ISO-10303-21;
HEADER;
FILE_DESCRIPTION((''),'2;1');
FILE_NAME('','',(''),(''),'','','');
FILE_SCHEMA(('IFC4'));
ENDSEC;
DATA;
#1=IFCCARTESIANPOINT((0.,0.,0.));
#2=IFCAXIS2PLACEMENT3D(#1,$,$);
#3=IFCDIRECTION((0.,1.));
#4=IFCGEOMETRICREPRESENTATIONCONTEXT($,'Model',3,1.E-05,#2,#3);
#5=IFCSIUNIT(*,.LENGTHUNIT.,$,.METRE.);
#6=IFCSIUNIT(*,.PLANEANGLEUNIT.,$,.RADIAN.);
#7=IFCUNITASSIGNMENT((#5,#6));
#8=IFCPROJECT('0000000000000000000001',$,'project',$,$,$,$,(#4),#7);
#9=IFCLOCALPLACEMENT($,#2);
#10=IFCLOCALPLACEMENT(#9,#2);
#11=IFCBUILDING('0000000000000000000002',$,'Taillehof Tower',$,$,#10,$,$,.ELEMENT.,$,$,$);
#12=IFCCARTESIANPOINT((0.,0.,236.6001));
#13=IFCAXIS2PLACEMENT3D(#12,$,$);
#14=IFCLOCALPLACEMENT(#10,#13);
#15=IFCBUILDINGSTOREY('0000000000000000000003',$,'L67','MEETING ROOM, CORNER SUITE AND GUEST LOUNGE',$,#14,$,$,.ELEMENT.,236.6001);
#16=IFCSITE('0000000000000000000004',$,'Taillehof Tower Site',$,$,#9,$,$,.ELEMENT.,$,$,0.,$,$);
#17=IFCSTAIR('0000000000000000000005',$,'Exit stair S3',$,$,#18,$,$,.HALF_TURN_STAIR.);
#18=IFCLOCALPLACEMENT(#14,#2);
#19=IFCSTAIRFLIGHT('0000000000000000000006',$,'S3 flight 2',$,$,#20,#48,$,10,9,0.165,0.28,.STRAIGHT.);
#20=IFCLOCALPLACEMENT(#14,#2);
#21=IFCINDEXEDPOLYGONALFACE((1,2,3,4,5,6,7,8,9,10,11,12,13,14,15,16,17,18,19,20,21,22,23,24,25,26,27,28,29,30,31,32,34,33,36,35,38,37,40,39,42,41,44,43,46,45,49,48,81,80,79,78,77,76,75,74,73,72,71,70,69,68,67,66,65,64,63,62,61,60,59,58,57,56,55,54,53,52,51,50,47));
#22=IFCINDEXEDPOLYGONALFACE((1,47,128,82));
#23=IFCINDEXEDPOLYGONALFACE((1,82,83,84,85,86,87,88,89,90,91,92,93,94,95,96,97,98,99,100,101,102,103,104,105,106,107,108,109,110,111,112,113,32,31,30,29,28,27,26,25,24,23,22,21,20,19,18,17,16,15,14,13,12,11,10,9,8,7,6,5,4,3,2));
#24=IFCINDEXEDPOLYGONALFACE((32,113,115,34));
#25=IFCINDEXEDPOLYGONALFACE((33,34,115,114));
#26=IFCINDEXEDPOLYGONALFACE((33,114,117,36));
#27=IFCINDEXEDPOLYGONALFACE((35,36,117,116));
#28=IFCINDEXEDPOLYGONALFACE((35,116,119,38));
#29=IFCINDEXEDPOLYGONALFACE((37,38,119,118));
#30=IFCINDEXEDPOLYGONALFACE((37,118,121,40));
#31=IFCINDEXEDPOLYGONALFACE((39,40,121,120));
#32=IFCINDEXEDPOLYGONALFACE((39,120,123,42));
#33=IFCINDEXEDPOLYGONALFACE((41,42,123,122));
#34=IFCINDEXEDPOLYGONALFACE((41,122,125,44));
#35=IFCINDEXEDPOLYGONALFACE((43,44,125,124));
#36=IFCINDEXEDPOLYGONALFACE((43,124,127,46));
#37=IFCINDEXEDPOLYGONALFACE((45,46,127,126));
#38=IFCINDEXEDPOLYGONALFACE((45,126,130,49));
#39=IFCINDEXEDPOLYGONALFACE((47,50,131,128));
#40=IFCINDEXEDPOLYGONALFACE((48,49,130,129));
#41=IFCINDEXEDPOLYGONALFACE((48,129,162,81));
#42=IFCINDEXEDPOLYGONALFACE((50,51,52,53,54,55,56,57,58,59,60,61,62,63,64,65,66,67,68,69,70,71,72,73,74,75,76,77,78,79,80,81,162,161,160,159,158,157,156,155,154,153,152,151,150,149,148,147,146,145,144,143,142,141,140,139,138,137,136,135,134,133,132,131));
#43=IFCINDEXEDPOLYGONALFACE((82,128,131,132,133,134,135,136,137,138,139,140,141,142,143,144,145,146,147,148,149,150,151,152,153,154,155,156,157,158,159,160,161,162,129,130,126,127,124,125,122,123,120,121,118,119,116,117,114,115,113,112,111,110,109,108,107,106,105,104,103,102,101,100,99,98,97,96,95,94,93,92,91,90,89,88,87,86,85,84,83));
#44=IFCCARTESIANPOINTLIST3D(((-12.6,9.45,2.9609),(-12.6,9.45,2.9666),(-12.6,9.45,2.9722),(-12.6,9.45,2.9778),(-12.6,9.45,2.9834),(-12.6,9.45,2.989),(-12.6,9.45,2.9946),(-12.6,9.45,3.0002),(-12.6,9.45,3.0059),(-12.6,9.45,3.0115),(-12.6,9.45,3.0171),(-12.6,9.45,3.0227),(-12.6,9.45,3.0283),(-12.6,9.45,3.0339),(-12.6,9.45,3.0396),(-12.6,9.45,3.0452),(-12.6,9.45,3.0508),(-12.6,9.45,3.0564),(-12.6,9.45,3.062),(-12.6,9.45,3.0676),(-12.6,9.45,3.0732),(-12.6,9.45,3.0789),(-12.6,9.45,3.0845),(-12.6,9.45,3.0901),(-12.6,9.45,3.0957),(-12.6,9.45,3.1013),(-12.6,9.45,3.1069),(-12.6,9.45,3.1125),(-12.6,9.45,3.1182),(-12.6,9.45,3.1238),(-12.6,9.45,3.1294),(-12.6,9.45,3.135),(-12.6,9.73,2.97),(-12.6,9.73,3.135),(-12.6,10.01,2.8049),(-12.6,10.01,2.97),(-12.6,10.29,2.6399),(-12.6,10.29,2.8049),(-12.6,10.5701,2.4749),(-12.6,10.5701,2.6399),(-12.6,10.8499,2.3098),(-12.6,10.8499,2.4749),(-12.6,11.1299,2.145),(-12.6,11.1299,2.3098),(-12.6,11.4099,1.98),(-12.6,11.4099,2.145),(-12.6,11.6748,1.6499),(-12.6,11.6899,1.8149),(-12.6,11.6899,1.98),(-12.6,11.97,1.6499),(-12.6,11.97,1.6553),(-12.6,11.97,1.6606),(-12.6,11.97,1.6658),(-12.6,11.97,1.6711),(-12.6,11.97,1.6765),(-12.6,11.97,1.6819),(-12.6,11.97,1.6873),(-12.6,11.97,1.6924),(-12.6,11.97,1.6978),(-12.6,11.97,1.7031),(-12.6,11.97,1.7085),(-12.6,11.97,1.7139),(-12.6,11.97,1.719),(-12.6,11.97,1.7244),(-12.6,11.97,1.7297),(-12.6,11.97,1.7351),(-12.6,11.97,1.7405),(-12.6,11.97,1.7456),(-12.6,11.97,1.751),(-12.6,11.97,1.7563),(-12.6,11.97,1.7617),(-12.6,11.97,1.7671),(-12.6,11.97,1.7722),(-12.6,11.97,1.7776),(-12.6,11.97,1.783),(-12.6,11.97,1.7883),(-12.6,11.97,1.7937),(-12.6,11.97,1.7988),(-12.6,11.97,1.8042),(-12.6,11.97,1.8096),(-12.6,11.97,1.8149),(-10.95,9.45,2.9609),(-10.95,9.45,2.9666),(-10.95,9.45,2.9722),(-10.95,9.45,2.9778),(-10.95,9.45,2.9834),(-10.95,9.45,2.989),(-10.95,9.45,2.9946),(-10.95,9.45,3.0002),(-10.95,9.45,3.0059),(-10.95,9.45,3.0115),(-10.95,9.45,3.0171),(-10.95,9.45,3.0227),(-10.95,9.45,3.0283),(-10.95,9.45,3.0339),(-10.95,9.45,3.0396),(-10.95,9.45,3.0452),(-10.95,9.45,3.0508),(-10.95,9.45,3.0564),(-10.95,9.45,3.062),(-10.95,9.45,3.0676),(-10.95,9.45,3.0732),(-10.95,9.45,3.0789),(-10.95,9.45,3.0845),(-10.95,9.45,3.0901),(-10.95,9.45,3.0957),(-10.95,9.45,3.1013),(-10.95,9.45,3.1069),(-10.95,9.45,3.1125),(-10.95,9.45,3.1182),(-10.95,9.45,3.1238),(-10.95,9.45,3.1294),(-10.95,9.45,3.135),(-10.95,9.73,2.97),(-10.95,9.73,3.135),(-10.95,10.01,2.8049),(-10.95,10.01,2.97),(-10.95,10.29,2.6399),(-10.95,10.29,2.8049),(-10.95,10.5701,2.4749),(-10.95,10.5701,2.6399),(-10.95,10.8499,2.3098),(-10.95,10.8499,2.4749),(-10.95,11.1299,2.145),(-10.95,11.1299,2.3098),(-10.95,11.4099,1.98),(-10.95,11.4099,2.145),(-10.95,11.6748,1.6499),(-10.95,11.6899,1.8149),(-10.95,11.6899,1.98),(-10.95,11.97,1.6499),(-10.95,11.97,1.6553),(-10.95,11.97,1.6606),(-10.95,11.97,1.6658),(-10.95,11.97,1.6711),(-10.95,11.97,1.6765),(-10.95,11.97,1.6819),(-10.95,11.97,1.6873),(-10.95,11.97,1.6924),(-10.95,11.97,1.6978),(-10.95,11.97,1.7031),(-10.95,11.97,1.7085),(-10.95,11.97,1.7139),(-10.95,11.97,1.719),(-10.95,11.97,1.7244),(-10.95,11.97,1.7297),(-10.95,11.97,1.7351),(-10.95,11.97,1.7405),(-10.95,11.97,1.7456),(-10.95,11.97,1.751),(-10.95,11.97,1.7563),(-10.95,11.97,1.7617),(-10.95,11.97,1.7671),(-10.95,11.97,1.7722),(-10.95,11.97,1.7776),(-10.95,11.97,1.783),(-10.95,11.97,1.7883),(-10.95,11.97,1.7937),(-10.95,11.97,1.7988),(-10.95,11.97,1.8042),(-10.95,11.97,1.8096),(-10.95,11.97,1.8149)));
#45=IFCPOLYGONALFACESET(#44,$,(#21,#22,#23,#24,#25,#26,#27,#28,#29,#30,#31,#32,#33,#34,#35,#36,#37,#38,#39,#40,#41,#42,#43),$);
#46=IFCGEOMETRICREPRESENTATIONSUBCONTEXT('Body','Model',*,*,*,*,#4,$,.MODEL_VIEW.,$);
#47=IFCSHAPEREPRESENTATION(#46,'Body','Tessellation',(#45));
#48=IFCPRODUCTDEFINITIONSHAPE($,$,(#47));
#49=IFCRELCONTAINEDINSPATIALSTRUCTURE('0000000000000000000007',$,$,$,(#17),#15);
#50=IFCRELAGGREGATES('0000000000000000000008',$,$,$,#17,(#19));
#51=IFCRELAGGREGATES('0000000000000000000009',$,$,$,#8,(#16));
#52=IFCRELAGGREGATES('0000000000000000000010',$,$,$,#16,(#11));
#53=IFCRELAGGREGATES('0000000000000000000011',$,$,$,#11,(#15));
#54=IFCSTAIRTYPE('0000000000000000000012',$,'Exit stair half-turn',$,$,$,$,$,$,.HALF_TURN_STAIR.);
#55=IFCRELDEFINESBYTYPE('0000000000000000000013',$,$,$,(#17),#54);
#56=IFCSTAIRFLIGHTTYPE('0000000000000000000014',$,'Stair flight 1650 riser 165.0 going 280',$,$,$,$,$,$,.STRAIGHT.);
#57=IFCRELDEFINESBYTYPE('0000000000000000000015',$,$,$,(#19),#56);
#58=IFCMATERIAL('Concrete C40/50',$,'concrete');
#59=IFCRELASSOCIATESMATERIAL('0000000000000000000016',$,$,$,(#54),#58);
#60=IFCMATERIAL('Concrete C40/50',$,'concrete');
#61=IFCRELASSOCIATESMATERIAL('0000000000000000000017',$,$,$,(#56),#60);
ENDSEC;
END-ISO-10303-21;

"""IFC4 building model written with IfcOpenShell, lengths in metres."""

from ifc_helpers import new_model, si_unit, direction, frame, origin, place, context, subcontext, project, spatial, polyline, outline, extrude, material, type_object, element, aggregate, save


model = new_model("IFC4")

# Units and contexts
model_context = context("Model", 3, precision=1e-05, world=origin(), true_north=direction((0.0, 1.0)))
body_context = subcontext(model_context, "Body", "Model", "MODEL_VIEW")
ifc_project = project(units=[si_unit("LENGTHUNIT", "METRE"), si_unit("PLANEANGLEUNIT", "RADIAN")], contexts=[model_context])

# Site, building, storey
site_placement = place(None, origin())
site = spatial("IfcSite", under=ifc_project, at=site_placement, Name="Taillehof Tower Site", CompositionType="ELEMENT", RefElevation=0.0)
building_placement = place(site_placement, origin())
building = spatial("IfcBuilding", under=site, at=building_placement, Name="Taillehof Tower", CompositionType="ELEMENT")
storey_placement = place(building_placement, frame((0.0, 0.0, 236.6001)))
storey = spatial("IfcBuildingStorey", under=building, at=storey_placement, Name="L67", Description="MEETING ROOM, CORNER SUITE AND GUEST LOUNGE", CompositionType="ELEMENT", Elevation=236.6001)

# Stair, stair flight
ifc_material_1 = material(Name="Concrete C40/50", Category="concrete")
stair_type = type_object("IfcStairType", Name="Exit stair half-turn", PredefinedType="HALF_TURN_STAIR", material=ifc_material_1)
stair_placement = place(storey_placement, origin())
stair = element("IfcStair", 1, at=stair_placement, inside=storey, type_object=stair_type, Name="Exit stair S3", PredefinedType="HALF_TURN_STAIR")
ifc_material_2 = material(Name="Concrete C40/50", Category="concrete")
stair_flight_type = type_object("IfcStairFlightType", Name="Stair flight 1650 riser 165.0 going 280", PredefinedType="STRAIGHT", material=ifc_material_2)
stair_flight_1_placement = place(storey_placement, frame((-11.7749, 11.97, 1.6499), z_axis=(0.0, 0.0, 1.0), x_axis=(0.0, -1.0, 0.0)))
stair_flight_1 = element("IfcStairFlight", 2, at=stair_flight_1_placement, type_object=stair_flight_type, Name="S3 flight 2", NumberOfRisers=10, NumberOfTreads=9, PredefinedType="STRAIGHT", RiserHeight=0.165, TreadLength=0.28, context=body_context, shape_type="SweptSolid", body=[
    extrude(outline(polyline([(0.0, 0.0), (0.0, 0.0054), (0.0, 0.0107), (0.0, 0.0159), (0.0, 0.0212), (0.0, 0.0266), (0.0, 0.032), (0.0, 0.0374), (0.0, 0.0425), (0.0, 0.0479), (0.0, 0.0532), (0.0, 0.0586), (0.0, 0.064), (0.0, 0.0691), (0.0, 0.0745), (0.0, 0.0798), (0.0, 0.0852), (0.0, 0.0906), (0.0, 0.0957), (0.0, 0.1011), (0.0, 0.1064), (0.0, 0.1118), (0.0, 0.1172), (0.0, 0.1223), (0.0, 0.1277), (0.0, 0.1331), (0.0, 0.1384), (0.0, 0.1438), (0.0, 0.1489), (0.0, 0.1543), (0.0, 0.1597), (0.0, 0.165), (0.28, 0.165), (0.28, 0.3301), (0.5601, 0.3301), (0.5601, 0.4951), (0.8401, 0.4951), (0.8401, 0.6599), (1.1201, 0.6599), (1.1201, 0.825), (1.3999, 0.825), (1.3999, 0.99), (1.6799, 0.99), (1.6799, 1.155), (1.96, 1.155), (1.96, 1.3201), (2.24, 1.3201), (2.24, 1.4851), (2.52, 1.4851), (2.52, 1.4795), (2.52, 1.4739), (2.52, 1.4683), (2.52, 1.4626), (2.52, 1.457), (2.52, 1.4514), (2.52, 1.4458), (2.52, 1.4402), (2.52, 1.4346), (2.52, 1.429), (2.52, 1.4233), (2.52, 1.4177), (2.52, 1.4121), (2.52, 1.4065), (2.52, 1.4009), (2.52, 1.3953), (2.52, 1.3896), (2.52, 1.384), (2.52, 1.3784), (2.52, 1.3728), (2.52, 1.3672), (2.52, 1.3616), (2.52, 1.356), (2.52, 1.3503), (2.52, 1.3447), (2.52, 1.3391), (2.52, 1.3335), (2.52, 1.3279), (2.52, 1.3223), (2.52, 1.3167), (2.52, 1.311), (0.2952, 0.0), (0.0, 0.0)])), frame((0.0, 0.825, 0.0), z_axis=(0.0, -1.0, 0.0), x_axis=(1.0, 0.0, 0.0)), (0.0, 0.0, 1.0), 1.65),
])
aggregate(stair, [stair_flight_1])

save(model, "model.ifc")
